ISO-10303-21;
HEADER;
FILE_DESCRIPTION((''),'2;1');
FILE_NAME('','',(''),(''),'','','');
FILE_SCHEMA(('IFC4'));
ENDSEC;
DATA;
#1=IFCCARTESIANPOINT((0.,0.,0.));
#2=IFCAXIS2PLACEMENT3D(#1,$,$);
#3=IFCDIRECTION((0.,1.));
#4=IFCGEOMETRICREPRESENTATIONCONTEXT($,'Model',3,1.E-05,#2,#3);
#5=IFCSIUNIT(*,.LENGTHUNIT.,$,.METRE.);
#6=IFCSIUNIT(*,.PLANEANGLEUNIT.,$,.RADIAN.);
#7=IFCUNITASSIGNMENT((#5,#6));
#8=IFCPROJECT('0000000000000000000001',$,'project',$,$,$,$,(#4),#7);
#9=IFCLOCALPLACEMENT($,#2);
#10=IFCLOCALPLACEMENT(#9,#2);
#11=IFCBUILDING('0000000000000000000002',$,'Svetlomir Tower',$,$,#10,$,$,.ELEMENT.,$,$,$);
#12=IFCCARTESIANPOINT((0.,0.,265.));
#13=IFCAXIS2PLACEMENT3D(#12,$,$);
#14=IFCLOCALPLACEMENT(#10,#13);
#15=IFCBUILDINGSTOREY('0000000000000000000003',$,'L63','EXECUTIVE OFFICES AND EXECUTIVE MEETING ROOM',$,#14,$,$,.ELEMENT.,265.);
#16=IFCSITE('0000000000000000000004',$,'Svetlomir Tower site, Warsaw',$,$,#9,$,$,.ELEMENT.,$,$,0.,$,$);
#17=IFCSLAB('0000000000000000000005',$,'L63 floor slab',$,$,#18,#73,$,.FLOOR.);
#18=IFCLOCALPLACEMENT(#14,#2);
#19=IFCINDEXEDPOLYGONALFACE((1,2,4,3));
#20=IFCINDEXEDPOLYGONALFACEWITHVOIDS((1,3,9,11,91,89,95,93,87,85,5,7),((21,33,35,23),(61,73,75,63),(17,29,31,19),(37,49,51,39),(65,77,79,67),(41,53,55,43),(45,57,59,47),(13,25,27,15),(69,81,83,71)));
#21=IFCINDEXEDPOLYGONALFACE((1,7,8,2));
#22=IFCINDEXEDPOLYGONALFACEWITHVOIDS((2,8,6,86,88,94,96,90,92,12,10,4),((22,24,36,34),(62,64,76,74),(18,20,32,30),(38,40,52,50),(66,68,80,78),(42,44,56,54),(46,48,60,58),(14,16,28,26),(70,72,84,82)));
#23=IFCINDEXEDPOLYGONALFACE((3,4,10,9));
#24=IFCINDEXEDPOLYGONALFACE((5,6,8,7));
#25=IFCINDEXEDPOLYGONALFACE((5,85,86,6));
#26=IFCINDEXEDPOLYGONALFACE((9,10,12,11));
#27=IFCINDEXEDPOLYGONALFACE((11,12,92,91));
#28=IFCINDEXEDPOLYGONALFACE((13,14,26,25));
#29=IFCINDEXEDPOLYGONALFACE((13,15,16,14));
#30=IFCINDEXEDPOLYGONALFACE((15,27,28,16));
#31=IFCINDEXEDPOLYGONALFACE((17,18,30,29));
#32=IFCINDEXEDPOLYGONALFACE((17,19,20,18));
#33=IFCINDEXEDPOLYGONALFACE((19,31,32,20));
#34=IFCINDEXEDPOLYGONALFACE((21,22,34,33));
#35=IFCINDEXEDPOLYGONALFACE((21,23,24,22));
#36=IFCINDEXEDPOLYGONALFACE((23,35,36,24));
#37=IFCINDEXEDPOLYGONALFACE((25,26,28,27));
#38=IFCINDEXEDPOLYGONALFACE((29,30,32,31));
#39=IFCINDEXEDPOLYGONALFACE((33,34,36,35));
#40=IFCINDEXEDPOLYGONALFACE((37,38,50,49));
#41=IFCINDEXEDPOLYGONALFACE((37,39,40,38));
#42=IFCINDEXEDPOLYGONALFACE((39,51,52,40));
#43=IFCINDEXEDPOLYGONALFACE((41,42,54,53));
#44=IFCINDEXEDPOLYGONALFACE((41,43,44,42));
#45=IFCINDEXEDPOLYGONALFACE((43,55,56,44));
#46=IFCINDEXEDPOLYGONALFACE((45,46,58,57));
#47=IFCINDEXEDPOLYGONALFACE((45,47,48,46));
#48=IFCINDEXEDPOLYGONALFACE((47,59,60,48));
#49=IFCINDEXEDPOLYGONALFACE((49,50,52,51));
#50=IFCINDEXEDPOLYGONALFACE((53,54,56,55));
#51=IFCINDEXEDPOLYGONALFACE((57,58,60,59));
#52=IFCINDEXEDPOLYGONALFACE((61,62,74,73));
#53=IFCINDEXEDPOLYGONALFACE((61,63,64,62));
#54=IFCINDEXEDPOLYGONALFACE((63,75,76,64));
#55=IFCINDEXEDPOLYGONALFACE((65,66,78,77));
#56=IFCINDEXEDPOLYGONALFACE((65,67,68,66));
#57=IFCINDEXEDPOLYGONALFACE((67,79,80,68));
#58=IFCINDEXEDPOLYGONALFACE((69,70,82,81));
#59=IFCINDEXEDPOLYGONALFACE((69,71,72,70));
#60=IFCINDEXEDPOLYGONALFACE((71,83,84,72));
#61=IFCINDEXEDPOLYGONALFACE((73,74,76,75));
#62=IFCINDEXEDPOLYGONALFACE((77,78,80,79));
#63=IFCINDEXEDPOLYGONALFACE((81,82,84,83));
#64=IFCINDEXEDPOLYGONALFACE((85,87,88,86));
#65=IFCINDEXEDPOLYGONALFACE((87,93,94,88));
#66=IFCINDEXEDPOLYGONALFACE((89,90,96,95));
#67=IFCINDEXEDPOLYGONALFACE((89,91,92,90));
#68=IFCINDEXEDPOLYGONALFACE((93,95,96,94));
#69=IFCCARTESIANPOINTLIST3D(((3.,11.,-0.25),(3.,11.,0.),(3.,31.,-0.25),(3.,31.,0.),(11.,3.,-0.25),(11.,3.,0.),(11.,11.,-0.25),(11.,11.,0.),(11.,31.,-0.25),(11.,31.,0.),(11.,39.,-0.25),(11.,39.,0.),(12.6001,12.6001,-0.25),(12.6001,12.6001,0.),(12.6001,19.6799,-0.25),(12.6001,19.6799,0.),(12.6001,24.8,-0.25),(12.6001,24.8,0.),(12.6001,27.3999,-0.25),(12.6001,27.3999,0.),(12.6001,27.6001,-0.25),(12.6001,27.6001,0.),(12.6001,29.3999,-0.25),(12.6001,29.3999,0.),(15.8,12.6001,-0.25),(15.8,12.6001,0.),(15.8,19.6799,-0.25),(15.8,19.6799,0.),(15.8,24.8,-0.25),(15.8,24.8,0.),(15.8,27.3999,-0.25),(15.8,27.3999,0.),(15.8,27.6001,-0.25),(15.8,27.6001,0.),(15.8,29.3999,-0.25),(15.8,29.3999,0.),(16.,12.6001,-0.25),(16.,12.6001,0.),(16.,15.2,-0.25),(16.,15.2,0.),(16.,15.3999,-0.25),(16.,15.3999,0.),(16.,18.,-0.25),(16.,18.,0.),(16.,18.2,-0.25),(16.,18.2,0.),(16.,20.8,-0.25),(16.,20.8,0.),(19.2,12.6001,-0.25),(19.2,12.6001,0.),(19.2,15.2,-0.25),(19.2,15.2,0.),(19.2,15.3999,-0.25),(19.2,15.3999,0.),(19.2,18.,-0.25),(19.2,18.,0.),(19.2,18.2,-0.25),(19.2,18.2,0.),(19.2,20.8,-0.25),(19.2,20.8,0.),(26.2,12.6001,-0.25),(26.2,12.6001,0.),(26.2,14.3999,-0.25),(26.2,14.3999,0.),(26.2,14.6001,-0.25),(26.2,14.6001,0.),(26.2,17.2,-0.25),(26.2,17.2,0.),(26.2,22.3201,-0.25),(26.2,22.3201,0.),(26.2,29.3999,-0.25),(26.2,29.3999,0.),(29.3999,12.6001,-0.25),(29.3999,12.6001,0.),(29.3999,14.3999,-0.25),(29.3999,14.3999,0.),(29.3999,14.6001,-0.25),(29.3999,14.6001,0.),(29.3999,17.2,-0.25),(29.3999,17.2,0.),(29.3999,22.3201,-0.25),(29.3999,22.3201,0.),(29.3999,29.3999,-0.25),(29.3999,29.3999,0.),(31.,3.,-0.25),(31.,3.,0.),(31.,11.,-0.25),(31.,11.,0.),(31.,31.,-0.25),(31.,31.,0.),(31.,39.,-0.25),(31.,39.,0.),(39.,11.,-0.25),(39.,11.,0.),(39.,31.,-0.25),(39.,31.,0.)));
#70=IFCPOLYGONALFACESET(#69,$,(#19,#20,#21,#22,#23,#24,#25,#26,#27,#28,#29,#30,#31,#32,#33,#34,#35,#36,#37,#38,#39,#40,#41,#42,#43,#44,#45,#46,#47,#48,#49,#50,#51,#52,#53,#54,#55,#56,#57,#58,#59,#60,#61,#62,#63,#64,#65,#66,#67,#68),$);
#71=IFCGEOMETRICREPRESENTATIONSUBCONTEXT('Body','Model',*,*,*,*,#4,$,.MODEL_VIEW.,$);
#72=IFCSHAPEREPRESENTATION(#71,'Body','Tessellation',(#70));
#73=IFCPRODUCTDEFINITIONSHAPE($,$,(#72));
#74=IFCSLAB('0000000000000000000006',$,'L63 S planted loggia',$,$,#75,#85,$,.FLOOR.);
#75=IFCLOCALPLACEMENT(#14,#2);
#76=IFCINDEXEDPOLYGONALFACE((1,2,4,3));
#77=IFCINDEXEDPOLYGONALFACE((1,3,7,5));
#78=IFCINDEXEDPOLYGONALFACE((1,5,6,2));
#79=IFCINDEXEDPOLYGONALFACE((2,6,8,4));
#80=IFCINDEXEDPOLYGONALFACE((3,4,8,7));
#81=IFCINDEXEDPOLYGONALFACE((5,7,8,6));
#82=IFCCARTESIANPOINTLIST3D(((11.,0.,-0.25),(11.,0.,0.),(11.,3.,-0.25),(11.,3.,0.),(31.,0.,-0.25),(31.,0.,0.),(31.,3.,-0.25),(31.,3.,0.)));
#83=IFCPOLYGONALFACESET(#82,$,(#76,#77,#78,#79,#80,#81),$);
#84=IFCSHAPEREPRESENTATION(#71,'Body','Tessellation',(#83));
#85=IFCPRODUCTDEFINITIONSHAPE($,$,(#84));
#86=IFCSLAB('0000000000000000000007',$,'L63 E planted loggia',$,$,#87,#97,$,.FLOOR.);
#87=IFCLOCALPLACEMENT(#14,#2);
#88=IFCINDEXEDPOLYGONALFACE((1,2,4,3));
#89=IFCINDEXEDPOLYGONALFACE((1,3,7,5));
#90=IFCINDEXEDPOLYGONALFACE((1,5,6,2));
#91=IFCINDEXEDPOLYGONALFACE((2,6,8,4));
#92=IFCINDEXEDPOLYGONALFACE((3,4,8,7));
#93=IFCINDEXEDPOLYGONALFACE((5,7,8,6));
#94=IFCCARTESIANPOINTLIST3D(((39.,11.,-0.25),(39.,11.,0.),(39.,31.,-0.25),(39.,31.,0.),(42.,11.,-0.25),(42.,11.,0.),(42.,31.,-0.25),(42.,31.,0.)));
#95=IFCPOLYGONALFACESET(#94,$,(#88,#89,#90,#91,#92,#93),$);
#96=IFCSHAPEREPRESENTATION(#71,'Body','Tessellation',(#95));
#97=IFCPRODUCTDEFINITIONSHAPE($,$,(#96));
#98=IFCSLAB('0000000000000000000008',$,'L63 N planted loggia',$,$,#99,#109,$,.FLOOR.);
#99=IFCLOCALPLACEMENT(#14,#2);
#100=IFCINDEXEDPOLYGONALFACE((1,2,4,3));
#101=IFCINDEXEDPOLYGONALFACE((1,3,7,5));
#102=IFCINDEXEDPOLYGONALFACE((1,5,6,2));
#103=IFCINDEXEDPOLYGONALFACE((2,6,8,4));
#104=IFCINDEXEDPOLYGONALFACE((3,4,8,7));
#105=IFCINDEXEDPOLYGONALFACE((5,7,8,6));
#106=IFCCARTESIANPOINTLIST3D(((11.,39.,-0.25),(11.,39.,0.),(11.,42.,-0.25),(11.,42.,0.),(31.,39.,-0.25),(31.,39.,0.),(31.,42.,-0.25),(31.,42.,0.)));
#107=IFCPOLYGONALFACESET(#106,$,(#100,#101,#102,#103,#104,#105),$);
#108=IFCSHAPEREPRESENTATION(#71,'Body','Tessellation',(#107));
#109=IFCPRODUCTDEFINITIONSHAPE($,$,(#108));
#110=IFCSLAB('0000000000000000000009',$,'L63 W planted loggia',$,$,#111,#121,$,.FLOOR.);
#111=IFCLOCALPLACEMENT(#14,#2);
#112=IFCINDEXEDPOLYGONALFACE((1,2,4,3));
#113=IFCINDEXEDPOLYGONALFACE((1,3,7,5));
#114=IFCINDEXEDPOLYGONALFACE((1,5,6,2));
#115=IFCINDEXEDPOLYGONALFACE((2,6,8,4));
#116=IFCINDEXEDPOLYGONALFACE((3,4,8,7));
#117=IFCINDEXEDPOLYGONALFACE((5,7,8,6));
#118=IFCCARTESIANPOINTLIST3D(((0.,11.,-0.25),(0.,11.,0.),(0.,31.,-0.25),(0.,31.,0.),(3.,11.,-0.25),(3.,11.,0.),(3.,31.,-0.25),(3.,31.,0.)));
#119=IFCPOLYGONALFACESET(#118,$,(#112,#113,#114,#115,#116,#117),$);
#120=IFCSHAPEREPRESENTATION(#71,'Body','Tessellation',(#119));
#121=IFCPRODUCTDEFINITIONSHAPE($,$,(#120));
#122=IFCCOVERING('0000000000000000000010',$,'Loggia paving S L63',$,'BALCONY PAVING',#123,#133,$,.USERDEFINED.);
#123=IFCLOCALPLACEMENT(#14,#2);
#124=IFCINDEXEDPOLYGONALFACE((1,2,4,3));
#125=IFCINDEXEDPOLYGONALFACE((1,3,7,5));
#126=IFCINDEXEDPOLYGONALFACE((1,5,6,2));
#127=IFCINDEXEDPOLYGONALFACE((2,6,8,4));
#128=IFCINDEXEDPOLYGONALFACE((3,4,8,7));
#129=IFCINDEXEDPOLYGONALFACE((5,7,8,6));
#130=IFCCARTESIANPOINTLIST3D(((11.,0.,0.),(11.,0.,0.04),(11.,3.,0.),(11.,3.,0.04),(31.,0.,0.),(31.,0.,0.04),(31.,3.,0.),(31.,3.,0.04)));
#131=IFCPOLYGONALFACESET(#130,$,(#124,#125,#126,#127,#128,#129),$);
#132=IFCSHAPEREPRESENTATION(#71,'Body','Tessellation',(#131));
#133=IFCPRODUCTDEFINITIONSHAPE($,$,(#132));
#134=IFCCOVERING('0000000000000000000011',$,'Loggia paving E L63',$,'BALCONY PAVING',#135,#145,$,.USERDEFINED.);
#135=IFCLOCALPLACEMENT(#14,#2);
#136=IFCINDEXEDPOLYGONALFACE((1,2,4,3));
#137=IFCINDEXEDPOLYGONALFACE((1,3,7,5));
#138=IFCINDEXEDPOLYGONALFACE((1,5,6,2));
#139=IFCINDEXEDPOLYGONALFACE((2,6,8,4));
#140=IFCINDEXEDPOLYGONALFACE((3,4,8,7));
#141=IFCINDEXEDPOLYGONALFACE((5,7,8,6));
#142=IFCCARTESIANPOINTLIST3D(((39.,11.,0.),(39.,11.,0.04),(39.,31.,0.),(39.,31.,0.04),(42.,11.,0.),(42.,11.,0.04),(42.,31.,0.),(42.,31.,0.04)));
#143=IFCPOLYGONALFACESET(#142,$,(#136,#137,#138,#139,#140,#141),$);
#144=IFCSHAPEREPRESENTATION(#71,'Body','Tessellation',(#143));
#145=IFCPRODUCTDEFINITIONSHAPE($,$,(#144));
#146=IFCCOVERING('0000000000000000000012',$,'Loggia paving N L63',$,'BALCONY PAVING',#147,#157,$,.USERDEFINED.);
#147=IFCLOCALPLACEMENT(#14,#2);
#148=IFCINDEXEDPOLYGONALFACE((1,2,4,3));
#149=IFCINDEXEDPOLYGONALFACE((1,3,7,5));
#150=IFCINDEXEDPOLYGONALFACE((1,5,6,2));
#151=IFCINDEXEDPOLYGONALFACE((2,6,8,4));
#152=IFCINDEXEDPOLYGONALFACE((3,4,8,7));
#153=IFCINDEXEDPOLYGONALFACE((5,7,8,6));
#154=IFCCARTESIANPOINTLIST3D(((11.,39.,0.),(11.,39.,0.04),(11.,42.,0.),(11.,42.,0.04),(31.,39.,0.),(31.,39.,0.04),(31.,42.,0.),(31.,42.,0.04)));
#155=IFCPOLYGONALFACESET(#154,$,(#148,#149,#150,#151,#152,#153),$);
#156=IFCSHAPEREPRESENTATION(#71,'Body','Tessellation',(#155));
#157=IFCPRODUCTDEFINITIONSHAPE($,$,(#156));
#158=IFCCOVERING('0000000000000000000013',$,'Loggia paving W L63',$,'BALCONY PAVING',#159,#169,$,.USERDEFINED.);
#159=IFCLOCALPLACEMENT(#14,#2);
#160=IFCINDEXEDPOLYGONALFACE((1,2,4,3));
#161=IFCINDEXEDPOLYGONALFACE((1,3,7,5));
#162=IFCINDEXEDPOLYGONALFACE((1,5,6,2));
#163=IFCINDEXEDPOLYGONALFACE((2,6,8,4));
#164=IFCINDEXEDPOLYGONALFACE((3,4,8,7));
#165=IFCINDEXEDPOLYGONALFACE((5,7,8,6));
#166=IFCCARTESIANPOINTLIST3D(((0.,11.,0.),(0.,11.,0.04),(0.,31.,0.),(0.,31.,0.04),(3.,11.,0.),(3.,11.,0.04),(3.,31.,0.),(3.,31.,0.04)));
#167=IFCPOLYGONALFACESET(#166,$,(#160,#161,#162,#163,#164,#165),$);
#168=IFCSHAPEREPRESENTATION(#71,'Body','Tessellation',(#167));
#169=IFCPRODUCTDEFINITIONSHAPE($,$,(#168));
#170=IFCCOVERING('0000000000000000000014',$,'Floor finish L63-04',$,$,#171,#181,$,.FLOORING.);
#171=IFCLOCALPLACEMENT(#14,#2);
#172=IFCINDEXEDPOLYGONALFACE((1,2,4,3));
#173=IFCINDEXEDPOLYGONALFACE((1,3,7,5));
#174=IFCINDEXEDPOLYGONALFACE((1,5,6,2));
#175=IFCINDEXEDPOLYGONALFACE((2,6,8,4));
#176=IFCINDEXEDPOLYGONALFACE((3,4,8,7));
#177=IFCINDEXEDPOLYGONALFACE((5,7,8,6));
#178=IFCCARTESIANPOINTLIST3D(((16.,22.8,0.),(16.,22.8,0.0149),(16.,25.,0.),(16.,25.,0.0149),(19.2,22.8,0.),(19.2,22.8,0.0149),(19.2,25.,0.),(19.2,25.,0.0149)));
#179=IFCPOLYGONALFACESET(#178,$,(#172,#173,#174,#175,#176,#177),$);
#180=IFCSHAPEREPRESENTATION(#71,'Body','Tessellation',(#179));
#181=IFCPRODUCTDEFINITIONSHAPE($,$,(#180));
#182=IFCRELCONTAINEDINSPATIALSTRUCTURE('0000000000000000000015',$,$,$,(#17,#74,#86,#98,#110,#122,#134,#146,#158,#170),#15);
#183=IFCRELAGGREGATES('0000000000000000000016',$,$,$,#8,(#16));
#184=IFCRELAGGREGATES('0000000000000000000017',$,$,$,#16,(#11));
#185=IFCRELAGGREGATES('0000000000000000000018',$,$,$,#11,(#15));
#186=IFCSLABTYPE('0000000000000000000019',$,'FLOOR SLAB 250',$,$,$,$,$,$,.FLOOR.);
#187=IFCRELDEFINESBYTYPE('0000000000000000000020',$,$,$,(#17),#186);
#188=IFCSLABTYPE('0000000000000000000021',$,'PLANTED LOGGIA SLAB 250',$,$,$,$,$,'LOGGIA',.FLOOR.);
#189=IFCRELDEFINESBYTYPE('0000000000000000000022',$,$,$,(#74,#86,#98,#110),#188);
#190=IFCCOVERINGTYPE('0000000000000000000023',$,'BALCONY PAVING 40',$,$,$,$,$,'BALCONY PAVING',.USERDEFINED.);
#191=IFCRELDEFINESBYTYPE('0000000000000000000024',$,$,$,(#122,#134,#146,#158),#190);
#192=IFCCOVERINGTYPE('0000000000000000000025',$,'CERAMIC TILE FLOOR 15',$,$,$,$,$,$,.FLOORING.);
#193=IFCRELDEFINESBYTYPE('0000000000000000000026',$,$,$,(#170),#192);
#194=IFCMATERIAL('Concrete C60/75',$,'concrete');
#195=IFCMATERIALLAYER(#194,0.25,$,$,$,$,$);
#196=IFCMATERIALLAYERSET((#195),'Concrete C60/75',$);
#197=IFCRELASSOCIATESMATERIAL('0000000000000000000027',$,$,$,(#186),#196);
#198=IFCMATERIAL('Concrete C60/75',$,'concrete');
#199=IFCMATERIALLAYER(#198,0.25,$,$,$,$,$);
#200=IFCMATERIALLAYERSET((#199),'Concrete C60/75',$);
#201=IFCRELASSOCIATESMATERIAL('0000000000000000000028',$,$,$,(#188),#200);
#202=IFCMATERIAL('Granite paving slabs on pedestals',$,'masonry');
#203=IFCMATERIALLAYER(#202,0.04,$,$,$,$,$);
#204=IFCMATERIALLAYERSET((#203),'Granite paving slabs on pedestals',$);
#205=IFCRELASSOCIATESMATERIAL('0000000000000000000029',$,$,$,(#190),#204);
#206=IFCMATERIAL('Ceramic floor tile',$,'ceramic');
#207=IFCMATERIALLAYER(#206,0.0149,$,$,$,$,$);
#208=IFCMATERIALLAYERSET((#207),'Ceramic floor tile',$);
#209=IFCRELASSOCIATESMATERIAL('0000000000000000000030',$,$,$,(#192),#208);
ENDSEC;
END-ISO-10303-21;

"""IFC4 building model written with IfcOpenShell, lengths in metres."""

from ifc_helpers import new_model, si_unit, direction, frame, origin, place, context, subcontext, project, spatial, polyline, outline, extrude, material, layer, layer_set, type_object, element, save


model = new_model("IFC4")

# Units and contexts
model_context = context("Model", 3, precision=1e-05, world=origin(), true_north=direction((0.0, 1.0)))
body_context = subcontext(model_context, "Body", "Model", "MODEL_VIEW")
ifc_project = project(units=[si_unit("LENGTHUNIT", "METRE"), si_unit("PLANEANGLEUNIT", "RADIAN")], contexts=[model_context])

# Site, building, storey
site_placement = place(None, origin())
site = spatial("IfcSite", under=ifc_project, at=site_placement, Name="Svetlomir Tower site, Warsaw", CompositionType="ELEMENT", RefElevation=0.0)
building_placement = place(site_placement, origin())
building = spatial("IfcBuilding", under=site, at=building_placement, Name="Svetlomir Tower", CompositionType="ELEMENT")
storey_placement = place(building_placement, frame((0.0, 0.0, 265.0)))
storey = spatial("IfcBuildingStorey", under=building, at=storey_placement, Name="L63", Description="EXECUTIVE OFFICES AND EXECUTIVE MEETING ROOM", CompositionType="ELEMENT", Elevation=265.0)

# Slabs
ifc_material_1 = material(Name="Concrete C60/75", Category="concrete")
ifc_layer_1 = layer(ifc_material_1, 0.25)
ifc_layer_set_1 = layer_set([ifc_layer_1], Name="Concrete C60/75")
slab_type_1 = type_object("IfcSlabType", Name="FLOOR SLAB 250", PredefinedType="FLOOR", material=ifc_layer_set_1)
slab_1_placement = place(storey_placement, frame((0.0, 0.0, -0.25)))
element("IfcSlab", 1, at=slab_1_placement, inside=storey, type_object=slab_type_1, Name="L63 floor slab", PredefinedType="FLOOR", context=body_context, shape_type="SweptSolid", body=[
    extrude(outline(polyline([(11.0, 3.0), (31.0, 3.0), (31.0, 11.0), (39.0, 11.0), (39.0, 31.0), (31.0, 31.0), (31.0, 39.0), (11.0, 39.0), (11.0, 31.0), (3.0, 31.0), (3.0, 11.0), (11.0, 11.0), (11.0, 3.0)]), holes=[polyline([(12.6001, 24.8), (15.8, 24.8), (15.8, 27.3999), (12.6001, 27.3999), (12.6001, 24.8)]), polyline([(26.2, 14.6001), (29.3999, 14.6001), (29.3999, 17.2), (26.2, 17.2), (26.2, 14.6001)]), polyline([(16.0, 12.6001), (19.2, 12.6001), (19.2, 15.2), (16.0, 15.2), (16.0, 12.6001)]), polyline([(16.0, 15.3999), (19.2, 15.3999), (19.2, 18.0), (16.0, 18.0), (16.0, 15.3999)]), polyline([(16.0, 18.2), (19.2, 18.2), (19.2, 20.8), (16.0, 20.8), (16.0, 18.2)]), polyline([(12.6001, 27.6001), (15.8, 27.6001), (15.8, 29.3999), (12.6001, 29.3999), (12.6001, 27.6001)]), polyline([(26.2, 12.6001), (29.3999, 12.6001), (29.3999, 14.3999), (26.2, 14.3999), (26.2, 12.6001)]), polyline([(12.6001, 12.6001), (15.8, 12.6001), (15.8, 19.6799), (12.6001, 19.6799), (12.6001, 12.6001)]), polyline([(26.2, 22.3201), (29.3999, 22.3201), (29.3999, 29.3999), (26.2, 29.3999), (26.2, 22.3201)])]), origin(), (0.0, 0.0, 1.0), 0.25),
])
ifc_material_2 = material(Name="Concrete C60/75", Category="concrete")
ifc_layer_2 = layer(ifc_material_2, 0.25)
ifc_layer_set_2 = layer_set([ifc_layer_2], Name="Concrete C60/75")
slab_type_2 = type_object("IfcSlabType", Name="PLANTED LOGGIA SLAB 250", ElementType="LOGGIA", PredefinedType="FLOOR", material=ifc_layer_set_2)
slab_2_placement = place(storey_placement, frame((0.0, 0.0, -0.25)))
element("IfcSlab", 2, at=slab_2_placement, inside=storey, type_object=slab_type_2, Name="L63 S planted loggia", PredefinedType="FLOOR", context=body_context, shape_type="SweptSolid", body=[
    extrude(outline(polyline([(11.0, 0.0), (31.0, 0.0), (31.0, 3.0), (11.0, 3.0), (11.0, 0.0)])), origin(), (0.0, 0.0, 1.0), 0.25),
])
slab_3_placement = place(storey_placement, frame((0.0, 0.0, -0.25)))
element("IfcSlab", 3, at=slab_3_placement, inside=storey, type_object=slab_type_2, Name="L63 E planted loggia", PredefinedType="FLOOR", context=body_context, shape_type="SweptSolid", body=[
    extrude(outline(polyline([(39.0, 11.0), (42.0, 11.0), (42.0, 31.0), (39.0, 31.0), (39.0, 11.0)])), origin(), (0.0, 0.0, 1.0), 0.25),
])
slab_4_placement = place(storey_placement, frame((0.0, 0.0, -0.25)))
element("IfcSlab", 4, at=slab_4_placement, inside=storey, type_object=slab_type_2, Name="L63 N planted loggia", PredefinedType="FLOOR", context=body_context, shape_type="SweptSolid", body=[
    extrude(outline(polyline([(11.0, 39.0), (31.0, 39.0), (31.0, 42.0), (11.0, 42.0), (11.0, 39.0)])), origin(), (0.0, 0.0, 1.0), 0.25),
])
slab_5_placement = place(storey_placement, frame((0.0, 0.0, -0.25)))
element("IfcSlab", 5, at=slab_5_placement, inside=storey, type_object=slab_type_2, Name="L63 W planted loggia", PredefinedType="FLOOR", context=body_context, shape_type="SweptSolid", body=[
    extrude(outline(polyline([(0.0, 11.0), (3.0, 11.0), (3.0, 31.0), (0.0, 31.0), (0.0, 11.0)])), origin(), (0.0, 0.0, 1.0), 0.25),
])

# Coverings
ifc_material_3 = material(Name="Granite paving slabs on pedestals", Category="masonry")
ifc_layer_3 = layer(ifc_material_3, 0.04)
ifc_layer_set_3 = layer_set([ifc_layer_3], Name="Granite paving slabs on pedestals")
covering_type_1 = type_object("IfcCoveringType", Name="BALCONY PAVING 40", ElementType="BALCONY PAVING", PredefinedType="USERDEFINED", material=ifc_layer_set_3)
covering_1_placement = place(storey_placement, origin())
element("IfcCovering", 6, at=covering_1_placement, inside=storey, type_object=covering_type_1, Name="Loggia paving S L63", ObjectType="BALCONY PAVING", PredefinedType="USERDEFINED", context=body_context, shape_type="SweptSolid", body=[
    extrude(outline(polyline([(11.0, 0.0), (31.0, 0.0), (31.0, 3.0), (11.0, 3.0), (11.0, 0.0)])), origin(), (0.0, 0.0, 1.0), 0.04),
])
covering_2_placement = place(storey_placement, origin())
element("IfcCovering", 7, at=covering_2_placement, inside=storey, type_object=covering_type_1, Name="Loggia paving E L63", ObjectType="BALCONY PAVING", PredefinedType="USERDEFINED", context=body_context, shape_type="SweptSolid", body=[
    extrude(outline(polyline([(39.0, 11.0), (42.0, 11.0), (42.0, 31.0), (39.0, 31.0), (39.0, 11.0)])), origin(), (0.0, 0.0, 1.0), 0.04),
])
covering_3_placement = place(storey_placement, origin())
element("IfcCovering", 8, at=covering_3_placement, inside=storey, type_object=covering_type_1, Name="Loggia paving N L63", ObjectType="BALCONY PAVING", PredefinedType="USERDEFINED", context=body_context, shape_type="SweptSolid", body=[
    extrude(outline(polyline([(11.0, 39.0), (31.0, 39.0), (31.0, 42.0), (11.0, 42.0), (11.0, 39.0)])), origin(), (0.0, 0.0, 1.0), 0.04),
])
covering_4_placement = place(storey_placement, origin())
element("IfcCovering", 9, at=covering_4_placement, inside=storey, type_object=covering_type_1, Name="Loggia paving W L63", ObjectType="BALCONY PAVING", PredefinedType="USERDEFINED", context=body_context, shape_type="SweptSolid", body=[
    extrude(outline(polyline([(0.0, 11.0), (3.0, 11.0), (3.0, 31.0), (0.0, 31.0), (0.0, 11.0)])), origin(), (0.0, 0.0, 1.0), 0.04),
])
ifc_material_4 = material(Name="Ceramic floor tile", Category="ceramic")
ifc_layer_4 = layer(ifc_material_4, 0.0149)
ifc_layer_set_4 = layer_set([ifc_layer_4], Name="Ceramic floor tile")
covering_type_2 = type_object("IfcCoveringType", Name="CERAMIC TILE FLOOR 15", PredefinedType="FLOORING", material=ifc_layer_set_4)
covering_5_placement = place(storey_placement, origin())
element("IfcCovering", 10, at=covering_5_placement, inside=storey, type_object=covering_type_2, Name="Floor finish L63-04", PredefinedType="FLOORING", context=body_context, shape_type="SweptSolid", body=[
    extrude(outline(polyline([(16.0, 22.8), (19.2, 22.8), (19.2, 25.0), (16.0, 25.0), (16.0, 22.8)])), origin(), (0.0, 0.0, 1.0), 0.0149),
])

save(model, "model.ifc")
